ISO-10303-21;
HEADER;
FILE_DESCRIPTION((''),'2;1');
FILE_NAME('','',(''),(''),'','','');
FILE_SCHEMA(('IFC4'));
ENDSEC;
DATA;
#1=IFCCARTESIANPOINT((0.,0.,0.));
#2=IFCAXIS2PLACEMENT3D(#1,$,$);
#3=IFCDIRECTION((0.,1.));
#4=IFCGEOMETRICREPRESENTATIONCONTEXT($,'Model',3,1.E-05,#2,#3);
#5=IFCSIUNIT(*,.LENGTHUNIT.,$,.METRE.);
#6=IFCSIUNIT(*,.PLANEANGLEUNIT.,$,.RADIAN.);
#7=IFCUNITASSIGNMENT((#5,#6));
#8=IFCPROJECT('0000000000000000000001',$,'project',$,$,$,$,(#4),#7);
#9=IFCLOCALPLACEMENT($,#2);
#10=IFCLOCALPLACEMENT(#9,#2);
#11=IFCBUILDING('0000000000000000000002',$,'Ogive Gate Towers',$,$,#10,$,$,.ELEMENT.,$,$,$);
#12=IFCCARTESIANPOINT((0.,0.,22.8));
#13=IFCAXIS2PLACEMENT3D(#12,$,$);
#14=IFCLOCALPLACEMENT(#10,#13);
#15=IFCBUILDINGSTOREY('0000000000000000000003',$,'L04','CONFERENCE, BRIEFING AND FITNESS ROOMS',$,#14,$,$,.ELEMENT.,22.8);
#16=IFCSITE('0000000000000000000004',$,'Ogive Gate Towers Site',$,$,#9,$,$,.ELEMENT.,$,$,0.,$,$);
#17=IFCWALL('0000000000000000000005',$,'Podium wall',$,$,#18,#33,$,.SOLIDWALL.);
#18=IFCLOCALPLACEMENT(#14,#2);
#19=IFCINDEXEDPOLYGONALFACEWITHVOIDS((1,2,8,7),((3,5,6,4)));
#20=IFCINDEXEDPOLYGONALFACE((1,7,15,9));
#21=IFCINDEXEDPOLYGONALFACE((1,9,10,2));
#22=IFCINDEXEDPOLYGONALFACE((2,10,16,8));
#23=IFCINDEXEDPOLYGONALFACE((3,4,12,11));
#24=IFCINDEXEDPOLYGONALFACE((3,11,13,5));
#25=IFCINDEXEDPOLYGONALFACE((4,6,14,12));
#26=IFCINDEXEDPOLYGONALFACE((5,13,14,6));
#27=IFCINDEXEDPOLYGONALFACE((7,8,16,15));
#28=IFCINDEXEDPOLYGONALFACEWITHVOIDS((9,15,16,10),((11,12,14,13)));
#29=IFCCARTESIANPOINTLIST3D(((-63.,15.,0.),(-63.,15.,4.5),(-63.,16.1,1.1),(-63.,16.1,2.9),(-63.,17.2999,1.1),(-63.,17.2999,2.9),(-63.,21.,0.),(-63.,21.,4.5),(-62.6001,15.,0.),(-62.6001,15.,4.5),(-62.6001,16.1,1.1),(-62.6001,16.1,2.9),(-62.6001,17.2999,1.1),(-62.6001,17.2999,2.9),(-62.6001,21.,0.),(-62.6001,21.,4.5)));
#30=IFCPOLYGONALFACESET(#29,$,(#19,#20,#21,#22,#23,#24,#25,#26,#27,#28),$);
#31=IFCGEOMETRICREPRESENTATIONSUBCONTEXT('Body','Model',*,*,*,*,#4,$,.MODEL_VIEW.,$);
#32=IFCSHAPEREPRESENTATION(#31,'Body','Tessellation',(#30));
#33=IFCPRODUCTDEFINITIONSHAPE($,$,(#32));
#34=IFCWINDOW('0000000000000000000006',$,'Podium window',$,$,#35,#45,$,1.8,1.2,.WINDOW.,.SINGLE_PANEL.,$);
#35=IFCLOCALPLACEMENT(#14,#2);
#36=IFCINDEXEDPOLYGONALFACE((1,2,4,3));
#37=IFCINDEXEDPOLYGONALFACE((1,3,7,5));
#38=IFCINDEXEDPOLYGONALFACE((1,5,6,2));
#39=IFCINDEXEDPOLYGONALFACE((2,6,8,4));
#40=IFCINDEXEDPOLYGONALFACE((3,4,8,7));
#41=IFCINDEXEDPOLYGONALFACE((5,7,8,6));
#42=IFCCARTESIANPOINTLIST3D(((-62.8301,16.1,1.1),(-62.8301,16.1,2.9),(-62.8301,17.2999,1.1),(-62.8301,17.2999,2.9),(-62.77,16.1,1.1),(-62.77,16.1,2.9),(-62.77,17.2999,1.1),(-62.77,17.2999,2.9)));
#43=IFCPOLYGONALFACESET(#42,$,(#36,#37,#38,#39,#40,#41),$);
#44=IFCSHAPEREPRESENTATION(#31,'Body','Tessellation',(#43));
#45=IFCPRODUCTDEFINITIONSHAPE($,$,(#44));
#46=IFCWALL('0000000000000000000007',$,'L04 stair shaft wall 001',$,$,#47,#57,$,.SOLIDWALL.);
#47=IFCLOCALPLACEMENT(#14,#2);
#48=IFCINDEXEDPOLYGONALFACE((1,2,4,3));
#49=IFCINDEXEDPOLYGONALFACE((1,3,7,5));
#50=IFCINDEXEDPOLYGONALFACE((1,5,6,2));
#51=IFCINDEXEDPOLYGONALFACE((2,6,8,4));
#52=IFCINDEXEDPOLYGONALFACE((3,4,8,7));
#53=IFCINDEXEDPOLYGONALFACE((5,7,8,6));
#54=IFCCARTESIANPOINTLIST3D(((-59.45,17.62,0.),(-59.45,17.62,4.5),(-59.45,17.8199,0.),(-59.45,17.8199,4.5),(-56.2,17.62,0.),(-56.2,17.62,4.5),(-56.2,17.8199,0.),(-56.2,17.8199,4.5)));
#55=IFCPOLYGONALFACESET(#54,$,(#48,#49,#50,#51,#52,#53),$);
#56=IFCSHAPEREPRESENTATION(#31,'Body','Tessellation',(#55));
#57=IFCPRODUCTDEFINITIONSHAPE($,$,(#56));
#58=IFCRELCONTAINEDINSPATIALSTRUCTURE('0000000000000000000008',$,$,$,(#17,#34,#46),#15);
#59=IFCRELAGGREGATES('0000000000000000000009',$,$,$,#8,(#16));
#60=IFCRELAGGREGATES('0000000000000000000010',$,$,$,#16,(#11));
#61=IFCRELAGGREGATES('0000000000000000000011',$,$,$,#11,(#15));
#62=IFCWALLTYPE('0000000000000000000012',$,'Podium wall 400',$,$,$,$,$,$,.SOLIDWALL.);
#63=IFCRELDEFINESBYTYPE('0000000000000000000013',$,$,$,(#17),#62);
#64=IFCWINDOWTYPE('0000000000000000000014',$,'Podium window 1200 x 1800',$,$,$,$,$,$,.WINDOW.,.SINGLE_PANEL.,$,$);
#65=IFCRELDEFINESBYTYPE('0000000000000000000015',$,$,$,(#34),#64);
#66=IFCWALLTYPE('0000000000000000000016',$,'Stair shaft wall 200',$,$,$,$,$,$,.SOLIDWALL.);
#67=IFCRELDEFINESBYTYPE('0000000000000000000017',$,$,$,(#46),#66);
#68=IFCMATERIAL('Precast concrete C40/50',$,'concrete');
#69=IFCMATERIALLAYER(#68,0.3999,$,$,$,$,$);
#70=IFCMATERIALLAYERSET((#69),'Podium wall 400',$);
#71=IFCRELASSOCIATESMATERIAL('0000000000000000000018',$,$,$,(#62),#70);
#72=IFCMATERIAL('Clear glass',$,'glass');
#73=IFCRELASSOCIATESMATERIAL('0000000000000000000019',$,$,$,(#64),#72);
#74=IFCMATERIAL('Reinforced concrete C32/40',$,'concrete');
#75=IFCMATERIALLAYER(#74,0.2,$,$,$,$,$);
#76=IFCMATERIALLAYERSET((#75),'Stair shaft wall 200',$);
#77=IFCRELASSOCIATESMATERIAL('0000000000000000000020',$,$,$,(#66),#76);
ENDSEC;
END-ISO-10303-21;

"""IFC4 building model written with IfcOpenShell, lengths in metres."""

from ifc_helpers import new_model, si_unit, direction, frame, frame_2d, origin, place, context, subcontext, project, spatial, rectangle, extrude, material, layer, layer_set, type_object, element, fill, save


model = new_model("IFC4")

# Units and contexts
model_context = context("Model", 3, precision=1e-05, world=origin(), true_north=direction((0.0, 1.0)))
body_context = subcontext(model_context, "Body", "Model", "MODEL_VIEW")
ifc_project = project(units=[si_unit("LENGTHUNIT", "METRE"), si_unit("PLANEANGLEUNIT", "RADIAN")], contexts=[model_context])

# Site, building, storey
site_placement = place(None, origin())
site = spatial("IfcSite", under=ifc_project, at=site_placement, Name="Ogive Gate Towers Site", CompositionType="ELEMENT", RefElevation=0.0)
building_placement = place(site_placement, origin())
building = spatial("IfcBuilding", under=site, at=building_placement, Name="Ogive Gate Towers", CompositionType="ELEMENT")
storey_placement = place(building_placement, frame((0.0, 0.0, 22.8)))
storey = spatial("IfcBuildingStorey", under=building, at=storey_placement, Name="L04", Description="CONFERENCE, BRIEFING AND FITNESS ROOMS", CompositionType="ELEMENT", Elevation=22.8)

# Wall, opening, window
ifc_material_1 = material(Name="Precast concrete C40/50", Category="concrete")
ifc_layer_1 = layer(ifc_material_1, 0.3999)
ifc_layer_set_1 = layer_set([ifc_layer_1], Name="Podium wall 400")
wall_type_1 = type_object("IfcWallType", Name="Podium wall 400", PredefinedType="SOLIDWALL", material=ifc_layer_set_1)
ifc_material_2 = material(Name="Clear glass", Category="glass")
window_type_1 = type_object("IfcWindowType", Name="Podium window 1200 x 1800", PartitioningType="SINGLE_PANEL", PredefinedType="WINDOW", material=ifc_material_2)
wall_1_placement = place(storey_placement, frame((-62.8, 21.0, 0.0), z_axis=(0.0, 0.0, 1.0), x_axis=(0.0, -1.0, 0.0)))
wall_1 = element("IfcWall", 1, at=wall_1_placement, inside=storey, type_object=wall_type_1, Name="Podium wall", PredefinedType="SOLIDWALL", context=body_context, shape_type="SweptSolid", body=[
    extrude(rectangle(XDim=6.0, YDim=0.3999, at=frame_2d((3.0, 0.0))), origin(), (0.0, 0.0, 1.0), 4.5),
])
opening_1_placement = place(wall_1_placement, frame((3.7, 0.0, 1.1001)))
opening_1 = element("IfcOpeningElement", 2, at=opening_1_placement, cuts=wall_1, PredefinedType="OPENING", context=body_context, shape_type="SweptSolid", body=[
    extrude(rectangle(XDim=1.2, YDim=1.8, at=frame_2d((0.6001, 0.8999))), frame((0.0, 0.21, 0.0), z_axis=(0.0, -1.0, 0.0), x_axis=(1.0, 0.0, 0.0)), (0.0, 0.0, 1.0), 0.4199),
])
window_1_placement = place(opening_1_placement, origin())
window_1 = element("IfcWindow", 3, at=window_1_placement, inside=storey, type_object=window_type_1, Name="Podium window", OverallHeight=1.8, OverallWidth=1.2, PartitioningType="SINGLE_PANEL", PredefinedType="WINDOW", context=body_context, shape_type="SweptSolid", body=[
    extrude(rectangle(XDim=1.2, YDim=1.8, at=frame_2d((0.6001, 0.8999))), frame((0.0, 0.03, 0.0), z_axis=(0.0, -1.0, 0.0), x_axis=(1.0, 0.0, 0.0)), (0.0, 0.0, 1.0), 0.0601),
])
fill(opening_1, window_1)

# Wall
ifc_material_3 = material(Name="Reinforced concrete C32/40", Category="concrete")
ifc_layer_2 = layer(ifc_material_3, 0.2)
ifc_layer_set_2 = layer_set([ifc_layer_2], Name="Stair shaft wall 200")
wall_type_2 = type_object("IfcWallType", Name="Stair shaft wall 200", PredefinedType="SOLIDWALL", material=ifc_layer_set_2)
wall_2_placement = place(storey_placement, frame((-59.45, 17.72, 0.0), z_axis=(0.0, 0.0, 1.0), x_axis=(1.0, 0.0, 0.0)))
element("IfcWall", 4, at=wall_2_placement, inside=storey, type_object=wall_type_2, Name="L04 stair shaft wall 001", PredefinedType="SOLIDWALL", context=body_context, shape_type="SweptSolid", body=[
    extrude(rectangle(XDim=3.25, YDim=0.2, at=frame_2d((1.625, 0.0))), origin(), (0.0, 0.0, 1.0), 4.5),
])

save(model, "model.ifc")
